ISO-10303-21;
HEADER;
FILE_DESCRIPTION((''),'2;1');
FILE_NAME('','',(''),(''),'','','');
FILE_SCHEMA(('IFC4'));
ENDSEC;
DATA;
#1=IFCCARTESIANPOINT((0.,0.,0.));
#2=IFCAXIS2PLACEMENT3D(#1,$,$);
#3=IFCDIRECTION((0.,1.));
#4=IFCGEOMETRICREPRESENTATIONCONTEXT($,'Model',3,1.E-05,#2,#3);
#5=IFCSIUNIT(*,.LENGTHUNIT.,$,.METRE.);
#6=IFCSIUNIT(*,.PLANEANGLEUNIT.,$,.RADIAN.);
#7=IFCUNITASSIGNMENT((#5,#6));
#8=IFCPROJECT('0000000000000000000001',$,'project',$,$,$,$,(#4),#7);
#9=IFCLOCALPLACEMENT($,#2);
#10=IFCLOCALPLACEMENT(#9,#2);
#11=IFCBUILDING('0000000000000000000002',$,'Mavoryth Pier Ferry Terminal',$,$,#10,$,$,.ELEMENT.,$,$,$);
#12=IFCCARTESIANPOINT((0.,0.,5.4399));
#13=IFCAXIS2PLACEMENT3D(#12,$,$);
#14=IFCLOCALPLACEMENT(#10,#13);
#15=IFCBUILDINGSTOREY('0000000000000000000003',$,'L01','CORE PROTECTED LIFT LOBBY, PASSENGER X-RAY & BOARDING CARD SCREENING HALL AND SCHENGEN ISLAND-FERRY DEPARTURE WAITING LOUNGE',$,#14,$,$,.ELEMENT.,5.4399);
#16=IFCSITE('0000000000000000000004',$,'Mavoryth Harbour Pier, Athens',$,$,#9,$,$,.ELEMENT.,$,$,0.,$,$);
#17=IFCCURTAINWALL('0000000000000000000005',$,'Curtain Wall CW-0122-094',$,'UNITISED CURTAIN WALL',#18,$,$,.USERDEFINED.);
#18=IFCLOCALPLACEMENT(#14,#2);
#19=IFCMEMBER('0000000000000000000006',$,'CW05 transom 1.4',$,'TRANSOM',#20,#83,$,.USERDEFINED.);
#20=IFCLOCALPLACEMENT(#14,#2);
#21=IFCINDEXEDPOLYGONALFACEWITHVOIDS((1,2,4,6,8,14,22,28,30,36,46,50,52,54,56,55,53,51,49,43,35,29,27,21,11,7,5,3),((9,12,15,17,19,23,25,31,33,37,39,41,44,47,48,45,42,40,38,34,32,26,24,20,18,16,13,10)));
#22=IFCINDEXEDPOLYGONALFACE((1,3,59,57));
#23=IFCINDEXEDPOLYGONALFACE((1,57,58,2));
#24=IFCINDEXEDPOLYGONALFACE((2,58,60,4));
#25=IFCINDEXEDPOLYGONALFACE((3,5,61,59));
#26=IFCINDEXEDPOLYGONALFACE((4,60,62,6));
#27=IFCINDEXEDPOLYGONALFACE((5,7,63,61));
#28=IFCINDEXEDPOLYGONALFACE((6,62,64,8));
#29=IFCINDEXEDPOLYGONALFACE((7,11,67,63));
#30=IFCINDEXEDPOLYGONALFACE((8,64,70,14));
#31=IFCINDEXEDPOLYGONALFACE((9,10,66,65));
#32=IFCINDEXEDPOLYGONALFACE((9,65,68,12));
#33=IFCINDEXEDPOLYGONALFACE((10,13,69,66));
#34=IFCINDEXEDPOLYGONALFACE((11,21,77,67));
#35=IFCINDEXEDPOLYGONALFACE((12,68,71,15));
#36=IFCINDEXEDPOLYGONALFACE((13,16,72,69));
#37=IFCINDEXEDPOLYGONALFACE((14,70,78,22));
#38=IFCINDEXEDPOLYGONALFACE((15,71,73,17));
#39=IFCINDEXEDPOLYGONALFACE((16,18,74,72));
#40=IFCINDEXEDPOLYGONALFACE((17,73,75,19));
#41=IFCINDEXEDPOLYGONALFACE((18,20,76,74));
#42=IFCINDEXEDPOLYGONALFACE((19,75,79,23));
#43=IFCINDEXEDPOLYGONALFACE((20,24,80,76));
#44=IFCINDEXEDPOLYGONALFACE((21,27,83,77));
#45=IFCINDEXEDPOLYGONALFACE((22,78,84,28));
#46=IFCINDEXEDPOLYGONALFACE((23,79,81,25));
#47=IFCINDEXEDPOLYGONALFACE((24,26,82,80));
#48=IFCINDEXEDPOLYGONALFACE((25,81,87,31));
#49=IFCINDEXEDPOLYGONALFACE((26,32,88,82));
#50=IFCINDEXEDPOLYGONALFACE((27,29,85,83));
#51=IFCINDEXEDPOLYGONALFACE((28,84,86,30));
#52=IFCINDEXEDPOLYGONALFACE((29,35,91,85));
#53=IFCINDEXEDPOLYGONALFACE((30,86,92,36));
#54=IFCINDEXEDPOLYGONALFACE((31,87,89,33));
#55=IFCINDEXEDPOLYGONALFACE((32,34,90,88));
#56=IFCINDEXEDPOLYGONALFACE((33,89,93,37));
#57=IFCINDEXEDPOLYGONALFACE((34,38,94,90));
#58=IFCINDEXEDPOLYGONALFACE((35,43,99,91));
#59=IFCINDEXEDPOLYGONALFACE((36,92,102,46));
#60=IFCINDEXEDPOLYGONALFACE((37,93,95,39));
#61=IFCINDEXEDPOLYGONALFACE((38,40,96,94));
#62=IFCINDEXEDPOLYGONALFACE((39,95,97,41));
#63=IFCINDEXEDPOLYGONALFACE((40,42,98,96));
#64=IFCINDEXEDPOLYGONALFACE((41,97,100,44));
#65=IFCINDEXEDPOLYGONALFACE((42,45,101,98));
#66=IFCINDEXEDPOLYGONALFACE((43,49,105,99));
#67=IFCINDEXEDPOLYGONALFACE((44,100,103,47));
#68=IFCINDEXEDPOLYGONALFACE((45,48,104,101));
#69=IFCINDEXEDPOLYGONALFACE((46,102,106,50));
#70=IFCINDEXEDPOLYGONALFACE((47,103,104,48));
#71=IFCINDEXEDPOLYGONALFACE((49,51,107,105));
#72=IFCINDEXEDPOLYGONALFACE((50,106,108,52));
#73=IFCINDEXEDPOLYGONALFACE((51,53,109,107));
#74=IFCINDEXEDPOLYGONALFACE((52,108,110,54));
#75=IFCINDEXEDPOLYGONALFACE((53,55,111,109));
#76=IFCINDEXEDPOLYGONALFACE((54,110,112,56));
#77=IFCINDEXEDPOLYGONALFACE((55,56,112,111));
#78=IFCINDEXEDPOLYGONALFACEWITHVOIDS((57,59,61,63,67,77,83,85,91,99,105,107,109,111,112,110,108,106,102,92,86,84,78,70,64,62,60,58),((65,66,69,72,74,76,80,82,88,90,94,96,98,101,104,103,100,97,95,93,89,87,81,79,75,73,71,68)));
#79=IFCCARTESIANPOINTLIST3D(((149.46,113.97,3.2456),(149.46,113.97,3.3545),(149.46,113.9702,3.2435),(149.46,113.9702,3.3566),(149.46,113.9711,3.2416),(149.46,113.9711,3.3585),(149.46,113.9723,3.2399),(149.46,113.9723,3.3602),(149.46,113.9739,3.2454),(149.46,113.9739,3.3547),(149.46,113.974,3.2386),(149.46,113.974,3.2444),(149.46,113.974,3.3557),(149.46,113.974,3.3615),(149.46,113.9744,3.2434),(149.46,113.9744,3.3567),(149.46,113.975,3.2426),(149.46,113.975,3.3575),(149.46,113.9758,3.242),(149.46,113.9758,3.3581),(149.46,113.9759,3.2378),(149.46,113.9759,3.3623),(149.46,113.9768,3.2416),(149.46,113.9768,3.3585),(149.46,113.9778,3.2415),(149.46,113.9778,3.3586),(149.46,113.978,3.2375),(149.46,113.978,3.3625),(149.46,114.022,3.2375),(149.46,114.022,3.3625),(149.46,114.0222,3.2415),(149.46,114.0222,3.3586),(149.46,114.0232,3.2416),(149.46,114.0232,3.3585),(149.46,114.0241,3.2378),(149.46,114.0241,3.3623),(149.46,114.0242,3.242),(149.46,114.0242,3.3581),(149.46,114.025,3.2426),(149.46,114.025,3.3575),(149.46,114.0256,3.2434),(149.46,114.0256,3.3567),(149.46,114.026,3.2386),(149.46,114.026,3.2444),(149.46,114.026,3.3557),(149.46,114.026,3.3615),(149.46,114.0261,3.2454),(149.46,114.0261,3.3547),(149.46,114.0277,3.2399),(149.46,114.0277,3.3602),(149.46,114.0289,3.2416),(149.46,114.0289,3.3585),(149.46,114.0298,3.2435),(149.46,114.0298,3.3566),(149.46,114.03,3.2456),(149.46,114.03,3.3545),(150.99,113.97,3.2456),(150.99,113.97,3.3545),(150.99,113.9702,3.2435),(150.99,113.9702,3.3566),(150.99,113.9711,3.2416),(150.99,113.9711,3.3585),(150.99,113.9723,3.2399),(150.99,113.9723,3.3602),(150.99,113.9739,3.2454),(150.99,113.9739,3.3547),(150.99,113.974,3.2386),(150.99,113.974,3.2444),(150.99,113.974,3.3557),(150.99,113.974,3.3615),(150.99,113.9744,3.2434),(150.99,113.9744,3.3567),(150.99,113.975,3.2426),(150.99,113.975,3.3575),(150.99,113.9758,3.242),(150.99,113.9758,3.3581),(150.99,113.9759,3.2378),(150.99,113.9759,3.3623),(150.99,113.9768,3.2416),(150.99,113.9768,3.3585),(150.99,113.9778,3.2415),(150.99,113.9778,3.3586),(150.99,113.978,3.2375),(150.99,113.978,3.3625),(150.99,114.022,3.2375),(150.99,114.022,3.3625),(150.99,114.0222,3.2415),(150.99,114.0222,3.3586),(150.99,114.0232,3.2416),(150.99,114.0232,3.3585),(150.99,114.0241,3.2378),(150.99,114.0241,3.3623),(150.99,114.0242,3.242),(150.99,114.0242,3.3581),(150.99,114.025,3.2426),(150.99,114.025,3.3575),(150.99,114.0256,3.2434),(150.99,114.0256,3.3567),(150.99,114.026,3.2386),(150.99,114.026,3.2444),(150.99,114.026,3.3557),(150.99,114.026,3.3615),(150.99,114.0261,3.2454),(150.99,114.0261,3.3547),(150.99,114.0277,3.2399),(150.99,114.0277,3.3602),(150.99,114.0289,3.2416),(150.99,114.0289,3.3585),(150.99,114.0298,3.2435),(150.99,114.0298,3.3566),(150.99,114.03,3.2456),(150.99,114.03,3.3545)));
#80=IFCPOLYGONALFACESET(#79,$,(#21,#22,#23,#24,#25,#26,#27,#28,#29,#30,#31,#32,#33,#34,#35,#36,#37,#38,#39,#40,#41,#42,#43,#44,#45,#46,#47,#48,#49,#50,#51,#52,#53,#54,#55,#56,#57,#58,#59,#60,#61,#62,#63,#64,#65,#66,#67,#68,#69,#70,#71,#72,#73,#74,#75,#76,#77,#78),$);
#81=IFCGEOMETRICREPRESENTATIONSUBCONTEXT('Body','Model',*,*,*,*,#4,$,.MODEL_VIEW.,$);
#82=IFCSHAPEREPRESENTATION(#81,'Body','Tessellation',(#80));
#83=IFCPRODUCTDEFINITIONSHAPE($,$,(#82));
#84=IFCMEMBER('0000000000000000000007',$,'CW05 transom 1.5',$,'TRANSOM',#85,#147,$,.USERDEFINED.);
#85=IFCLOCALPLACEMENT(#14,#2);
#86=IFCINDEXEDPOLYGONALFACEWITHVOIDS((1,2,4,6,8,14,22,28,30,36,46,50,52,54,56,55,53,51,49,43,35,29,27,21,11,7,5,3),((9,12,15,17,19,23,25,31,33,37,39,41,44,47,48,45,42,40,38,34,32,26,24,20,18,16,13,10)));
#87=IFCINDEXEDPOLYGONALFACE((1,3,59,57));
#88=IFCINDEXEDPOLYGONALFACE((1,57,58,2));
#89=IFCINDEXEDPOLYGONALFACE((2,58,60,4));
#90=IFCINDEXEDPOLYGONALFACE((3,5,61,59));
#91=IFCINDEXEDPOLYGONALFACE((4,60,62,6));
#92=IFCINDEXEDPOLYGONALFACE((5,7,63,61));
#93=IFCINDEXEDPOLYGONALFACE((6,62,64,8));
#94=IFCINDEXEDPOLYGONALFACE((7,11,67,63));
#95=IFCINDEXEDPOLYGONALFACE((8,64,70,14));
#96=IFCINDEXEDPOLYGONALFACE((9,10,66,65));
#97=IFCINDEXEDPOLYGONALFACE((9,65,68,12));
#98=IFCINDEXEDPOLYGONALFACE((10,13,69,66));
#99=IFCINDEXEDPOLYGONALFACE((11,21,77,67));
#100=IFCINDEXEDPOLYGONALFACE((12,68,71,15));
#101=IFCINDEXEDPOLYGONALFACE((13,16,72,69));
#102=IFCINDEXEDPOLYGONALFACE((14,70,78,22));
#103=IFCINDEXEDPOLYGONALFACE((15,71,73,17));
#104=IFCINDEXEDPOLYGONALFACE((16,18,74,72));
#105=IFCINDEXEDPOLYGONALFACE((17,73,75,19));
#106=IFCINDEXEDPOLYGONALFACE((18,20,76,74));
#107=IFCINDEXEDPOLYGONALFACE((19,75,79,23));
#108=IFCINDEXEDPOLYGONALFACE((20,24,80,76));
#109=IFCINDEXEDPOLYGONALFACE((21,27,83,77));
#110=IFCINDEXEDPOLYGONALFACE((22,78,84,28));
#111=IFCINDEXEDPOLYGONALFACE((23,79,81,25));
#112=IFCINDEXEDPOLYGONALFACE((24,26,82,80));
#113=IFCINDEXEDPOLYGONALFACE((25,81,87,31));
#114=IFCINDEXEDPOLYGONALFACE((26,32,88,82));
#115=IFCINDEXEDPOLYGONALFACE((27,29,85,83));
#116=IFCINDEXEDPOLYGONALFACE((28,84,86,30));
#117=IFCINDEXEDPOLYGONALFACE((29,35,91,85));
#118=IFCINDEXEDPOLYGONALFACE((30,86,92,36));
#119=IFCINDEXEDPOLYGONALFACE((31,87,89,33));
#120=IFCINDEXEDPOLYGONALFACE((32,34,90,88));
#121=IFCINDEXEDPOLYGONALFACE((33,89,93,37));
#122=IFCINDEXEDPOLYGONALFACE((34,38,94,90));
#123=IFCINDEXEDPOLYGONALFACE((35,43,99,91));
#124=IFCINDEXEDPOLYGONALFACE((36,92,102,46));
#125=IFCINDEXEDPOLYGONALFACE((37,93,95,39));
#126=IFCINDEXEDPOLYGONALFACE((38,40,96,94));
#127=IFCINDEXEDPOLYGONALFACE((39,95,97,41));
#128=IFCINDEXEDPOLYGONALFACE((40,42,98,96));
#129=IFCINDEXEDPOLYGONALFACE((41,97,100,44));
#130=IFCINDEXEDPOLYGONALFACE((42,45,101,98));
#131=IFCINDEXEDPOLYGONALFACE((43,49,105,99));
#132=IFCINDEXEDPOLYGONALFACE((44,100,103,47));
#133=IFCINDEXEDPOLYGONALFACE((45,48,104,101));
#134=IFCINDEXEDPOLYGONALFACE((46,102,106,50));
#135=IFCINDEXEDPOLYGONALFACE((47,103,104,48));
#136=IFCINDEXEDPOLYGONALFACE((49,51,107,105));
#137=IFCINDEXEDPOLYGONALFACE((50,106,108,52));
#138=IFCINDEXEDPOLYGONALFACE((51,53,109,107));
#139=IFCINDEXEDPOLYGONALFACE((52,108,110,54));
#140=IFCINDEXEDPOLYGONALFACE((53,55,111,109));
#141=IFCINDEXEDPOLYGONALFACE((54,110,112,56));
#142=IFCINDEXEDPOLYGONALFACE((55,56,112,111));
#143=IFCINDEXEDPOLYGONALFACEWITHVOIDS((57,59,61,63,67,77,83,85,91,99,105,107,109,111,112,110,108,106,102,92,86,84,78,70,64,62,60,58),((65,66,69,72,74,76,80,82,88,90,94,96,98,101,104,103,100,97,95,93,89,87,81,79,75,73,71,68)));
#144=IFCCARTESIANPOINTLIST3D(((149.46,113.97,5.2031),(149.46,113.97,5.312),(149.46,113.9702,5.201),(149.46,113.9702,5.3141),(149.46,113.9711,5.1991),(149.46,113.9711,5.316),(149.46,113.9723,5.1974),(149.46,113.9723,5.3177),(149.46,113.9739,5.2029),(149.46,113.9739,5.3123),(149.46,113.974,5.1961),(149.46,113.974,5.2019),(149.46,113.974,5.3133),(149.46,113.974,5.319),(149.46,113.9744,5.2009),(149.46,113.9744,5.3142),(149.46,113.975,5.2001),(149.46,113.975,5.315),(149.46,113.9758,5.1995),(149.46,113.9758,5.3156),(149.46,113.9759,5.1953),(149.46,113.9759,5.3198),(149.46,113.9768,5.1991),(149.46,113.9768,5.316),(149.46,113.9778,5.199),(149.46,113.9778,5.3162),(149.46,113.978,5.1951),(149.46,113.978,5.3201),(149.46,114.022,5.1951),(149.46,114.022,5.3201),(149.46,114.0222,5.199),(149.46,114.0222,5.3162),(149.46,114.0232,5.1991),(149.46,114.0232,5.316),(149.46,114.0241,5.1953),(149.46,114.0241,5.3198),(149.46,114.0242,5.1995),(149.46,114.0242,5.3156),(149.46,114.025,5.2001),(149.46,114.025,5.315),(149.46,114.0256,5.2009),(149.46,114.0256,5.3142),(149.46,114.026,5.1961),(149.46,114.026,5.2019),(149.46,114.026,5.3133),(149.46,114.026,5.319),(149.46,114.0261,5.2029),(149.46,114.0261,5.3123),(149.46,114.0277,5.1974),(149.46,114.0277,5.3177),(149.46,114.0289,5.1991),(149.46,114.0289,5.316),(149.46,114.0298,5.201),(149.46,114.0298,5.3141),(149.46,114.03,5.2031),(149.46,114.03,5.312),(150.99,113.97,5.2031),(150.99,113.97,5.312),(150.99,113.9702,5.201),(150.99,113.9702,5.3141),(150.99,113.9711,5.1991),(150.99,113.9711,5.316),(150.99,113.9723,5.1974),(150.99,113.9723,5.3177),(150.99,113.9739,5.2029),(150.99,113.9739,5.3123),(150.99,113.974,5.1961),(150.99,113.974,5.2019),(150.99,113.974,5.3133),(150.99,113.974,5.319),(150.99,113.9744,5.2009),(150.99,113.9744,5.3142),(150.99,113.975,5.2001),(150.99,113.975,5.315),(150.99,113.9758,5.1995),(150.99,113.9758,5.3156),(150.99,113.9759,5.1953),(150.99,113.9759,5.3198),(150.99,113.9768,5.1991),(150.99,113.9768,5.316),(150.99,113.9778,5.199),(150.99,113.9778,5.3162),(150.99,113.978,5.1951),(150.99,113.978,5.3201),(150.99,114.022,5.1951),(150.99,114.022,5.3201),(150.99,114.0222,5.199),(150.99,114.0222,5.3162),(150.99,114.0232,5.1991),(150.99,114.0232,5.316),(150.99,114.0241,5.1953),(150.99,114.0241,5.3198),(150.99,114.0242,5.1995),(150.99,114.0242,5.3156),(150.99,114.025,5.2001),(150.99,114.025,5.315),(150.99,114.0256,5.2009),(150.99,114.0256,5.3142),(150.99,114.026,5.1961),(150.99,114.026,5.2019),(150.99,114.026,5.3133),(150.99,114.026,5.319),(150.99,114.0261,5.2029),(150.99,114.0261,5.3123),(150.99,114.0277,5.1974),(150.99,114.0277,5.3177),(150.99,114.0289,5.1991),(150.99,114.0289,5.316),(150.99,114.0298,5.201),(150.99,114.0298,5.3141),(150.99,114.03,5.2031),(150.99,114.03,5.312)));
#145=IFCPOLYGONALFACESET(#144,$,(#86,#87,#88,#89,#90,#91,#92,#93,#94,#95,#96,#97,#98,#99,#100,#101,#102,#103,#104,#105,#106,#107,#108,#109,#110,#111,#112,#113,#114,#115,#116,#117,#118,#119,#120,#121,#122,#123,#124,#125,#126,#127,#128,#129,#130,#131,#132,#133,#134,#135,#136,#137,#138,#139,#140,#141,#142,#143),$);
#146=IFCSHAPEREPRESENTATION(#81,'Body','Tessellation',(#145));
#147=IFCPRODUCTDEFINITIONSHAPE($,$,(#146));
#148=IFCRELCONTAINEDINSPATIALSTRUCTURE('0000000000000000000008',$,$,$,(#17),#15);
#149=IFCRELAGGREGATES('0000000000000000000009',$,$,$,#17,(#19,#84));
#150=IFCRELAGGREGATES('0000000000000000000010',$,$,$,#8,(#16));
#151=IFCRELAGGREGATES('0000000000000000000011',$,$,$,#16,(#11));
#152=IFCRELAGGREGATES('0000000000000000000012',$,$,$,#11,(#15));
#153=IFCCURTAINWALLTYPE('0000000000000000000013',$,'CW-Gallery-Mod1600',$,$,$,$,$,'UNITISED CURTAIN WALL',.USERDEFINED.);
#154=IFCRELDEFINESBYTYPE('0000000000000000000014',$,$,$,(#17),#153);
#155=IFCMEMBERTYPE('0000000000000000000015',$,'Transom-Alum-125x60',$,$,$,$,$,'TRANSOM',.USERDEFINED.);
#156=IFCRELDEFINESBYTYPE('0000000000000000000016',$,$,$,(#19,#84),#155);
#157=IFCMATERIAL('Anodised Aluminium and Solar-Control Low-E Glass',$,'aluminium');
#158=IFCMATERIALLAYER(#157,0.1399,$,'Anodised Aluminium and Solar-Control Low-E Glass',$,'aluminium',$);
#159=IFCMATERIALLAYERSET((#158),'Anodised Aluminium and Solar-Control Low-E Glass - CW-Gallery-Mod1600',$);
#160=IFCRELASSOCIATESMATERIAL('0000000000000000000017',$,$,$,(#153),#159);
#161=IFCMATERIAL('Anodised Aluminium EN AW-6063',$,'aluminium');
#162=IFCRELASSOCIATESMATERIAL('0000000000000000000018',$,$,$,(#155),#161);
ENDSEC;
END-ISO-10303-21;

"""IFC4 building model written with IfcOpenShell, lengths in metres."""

from ifc_helpers import new_model, si_unit, direction, frame, origin, origin_2d, place, context, subcontext, project, spatial, hollow_rectangle, extrude, material, layer, layer_set, material_profile, profile_set, type_object, element, aggregate, save


model = new_model("IFC4")

# Units and contexts
model_context = context("Model", 3, precision=1e-05, world=origin(), true_north=direction((0.0, 1.0)))
body_context = subcontext(model_context, "Body", "Model", "MODEL_VIEW")
ifc_project = project(units=[si_unit("LENGTHUNIT", "METRE"), si_unit("PLANEANGLEUNIT", "RADIAN")], contexts=[model_context])

# Site, building, storey
site_placement = place(None, origin())
site = spatial("IfcSite", under=ifc_project, at=site_placement, Name="Mavoryth Harbour Pier, Athens", CompositionType="ELEMENT", RefElevation=0.0)
building_placement = place(site_placement, origin())
building = spatial("IfcBuilding", under=site, at=building_placement, Name="Mavoryth Pier Ferry Terminal", CompositionType="ELEMENT")
storey_placement = place(building_placement, frame((0.0, 0.0, 5.4399)))
storey = spatial("IfcBuildingStorey", under=building, at=storey_placement, Name="L01", Description="CORE PROTECTED LIFT LOBBY, PASSENGER X-RAY & BOARDING CARD SCREENING HALL AND SCHENGEN ISLAND-FERRY DEPARTURE WAITING LOUNGE", CompositionType="ELEMENT", Elevation=5.4399)

# Curtain wall
ifc_material_1 = material(Name="Anodised Aluminium and Solar-Control Low-E Glass", Category="aluminium")
ifc_layer_1 = layer(ifc_material_1, 0.1399, Name="Anodised Aluminium and Solar-Control Low-E Glass", Category="aluminium")
ifc_layer_set_1 = layer_set([ifc_layer_1], Name="Anodised Aluminium and Solar-Control Low-E Glass - CW-Gallery-Mod1600")
curtain_wall_type = type_object("IfcCurtainWallType", Name="CW-Gallery-Mod1600", ElementType="UNITISED CURTAIN WALL", PredefinedType="USERDEFINED", material=ifc_layer_set_1)
curtain_wall_1_placement = place(storey_placement, origin())
curtain_wall_1 = element("IfcCurtainWall", 1, at=curtain_wall_1_placement, inside=storey, type_object=curtain_wall_type, Name="Curtain Wall CW-0122-094", ObjectType="UNITISED CURTAIN WALL", PredefinedType="USERDEFINED")
ifc_material_2 = material(Name="Anodised Aluminium EN AW-6063", Category="aluminium")

# Members
ifc_material_profile_1 = material_profile(ifc_material_2, hollow_rectangle(XDim=0.0601, YDim=0.125, WallThickness=0.0039, InnerFilletRadius=0.0039, OuterFilletRadius=0.0081, at=origin_2d()), Name="AL-TRAN 125x60x4", Category="aluminium")
ifc_profile_set_1 = profile_set([ifc_material_profile_1], Name="Anodised Aluminium EN AW-6063 - AL-TRAN 125x60x4")
member_type_1 = type_object("IfcMemberType", Name="Transom-Alum-125x60", ElementType="TRANSOM", PredefinedType="USERDEFINED", material=ifc_profile_set_1)
member_1_placement = place(storey_placement, frame((150.99, 114.0, 3.3), z_axis=(-1.0, 0.0, 0.0), x_axis=(0.0, -1.0, 0.0)))
member_1 = element("IfcMember", 2, at=member_1_placement, type_object=member_type_1, Name="CW05 transom 1.4", ObjectType="TRANSOM", PredefinedType="USERDEFINED", context=body_context, shape_type="SweptSolid", body=[
    extrude(hollow_rectangle(XDim=0.0601, YDim=0.125, WallThickness=0.0039, InnerFilletRadius=0.0039, OuterFilletRadius=0.0081, at=origin_2d()), origin(), (0.0, 0.0, 1.0), 1.53),
])
member_2_placement = place(storey_placement, frame((150.99, 114.0, 5.2576), z_axis=(-1.0, 0.0, 0.0), x_axis=(0.0, -1.0, 0.0)))
member_2 = element("IfcMember", 3, at=member_2_placement, type_object=member_type_1, Name="CW05 transom 1.5", ObjectType="TRANSOM", PredefinedType="USERDEFINED", context=body_context, shape_type="SweptSolid", body=[
    extrude(hollow_rectangle(XDim=0.0601, YDim=0.125, WallThickness=0.0039, InnerFilletRadius=0.0039, OuterFilletRadius=0.0081, at=origin_2d()), origin(), (0.0, 0.0, 1.0), 1.53),
])

aggregate(curtain_wall_1, [member_1, member_2])

save(model, "model.ifc")
